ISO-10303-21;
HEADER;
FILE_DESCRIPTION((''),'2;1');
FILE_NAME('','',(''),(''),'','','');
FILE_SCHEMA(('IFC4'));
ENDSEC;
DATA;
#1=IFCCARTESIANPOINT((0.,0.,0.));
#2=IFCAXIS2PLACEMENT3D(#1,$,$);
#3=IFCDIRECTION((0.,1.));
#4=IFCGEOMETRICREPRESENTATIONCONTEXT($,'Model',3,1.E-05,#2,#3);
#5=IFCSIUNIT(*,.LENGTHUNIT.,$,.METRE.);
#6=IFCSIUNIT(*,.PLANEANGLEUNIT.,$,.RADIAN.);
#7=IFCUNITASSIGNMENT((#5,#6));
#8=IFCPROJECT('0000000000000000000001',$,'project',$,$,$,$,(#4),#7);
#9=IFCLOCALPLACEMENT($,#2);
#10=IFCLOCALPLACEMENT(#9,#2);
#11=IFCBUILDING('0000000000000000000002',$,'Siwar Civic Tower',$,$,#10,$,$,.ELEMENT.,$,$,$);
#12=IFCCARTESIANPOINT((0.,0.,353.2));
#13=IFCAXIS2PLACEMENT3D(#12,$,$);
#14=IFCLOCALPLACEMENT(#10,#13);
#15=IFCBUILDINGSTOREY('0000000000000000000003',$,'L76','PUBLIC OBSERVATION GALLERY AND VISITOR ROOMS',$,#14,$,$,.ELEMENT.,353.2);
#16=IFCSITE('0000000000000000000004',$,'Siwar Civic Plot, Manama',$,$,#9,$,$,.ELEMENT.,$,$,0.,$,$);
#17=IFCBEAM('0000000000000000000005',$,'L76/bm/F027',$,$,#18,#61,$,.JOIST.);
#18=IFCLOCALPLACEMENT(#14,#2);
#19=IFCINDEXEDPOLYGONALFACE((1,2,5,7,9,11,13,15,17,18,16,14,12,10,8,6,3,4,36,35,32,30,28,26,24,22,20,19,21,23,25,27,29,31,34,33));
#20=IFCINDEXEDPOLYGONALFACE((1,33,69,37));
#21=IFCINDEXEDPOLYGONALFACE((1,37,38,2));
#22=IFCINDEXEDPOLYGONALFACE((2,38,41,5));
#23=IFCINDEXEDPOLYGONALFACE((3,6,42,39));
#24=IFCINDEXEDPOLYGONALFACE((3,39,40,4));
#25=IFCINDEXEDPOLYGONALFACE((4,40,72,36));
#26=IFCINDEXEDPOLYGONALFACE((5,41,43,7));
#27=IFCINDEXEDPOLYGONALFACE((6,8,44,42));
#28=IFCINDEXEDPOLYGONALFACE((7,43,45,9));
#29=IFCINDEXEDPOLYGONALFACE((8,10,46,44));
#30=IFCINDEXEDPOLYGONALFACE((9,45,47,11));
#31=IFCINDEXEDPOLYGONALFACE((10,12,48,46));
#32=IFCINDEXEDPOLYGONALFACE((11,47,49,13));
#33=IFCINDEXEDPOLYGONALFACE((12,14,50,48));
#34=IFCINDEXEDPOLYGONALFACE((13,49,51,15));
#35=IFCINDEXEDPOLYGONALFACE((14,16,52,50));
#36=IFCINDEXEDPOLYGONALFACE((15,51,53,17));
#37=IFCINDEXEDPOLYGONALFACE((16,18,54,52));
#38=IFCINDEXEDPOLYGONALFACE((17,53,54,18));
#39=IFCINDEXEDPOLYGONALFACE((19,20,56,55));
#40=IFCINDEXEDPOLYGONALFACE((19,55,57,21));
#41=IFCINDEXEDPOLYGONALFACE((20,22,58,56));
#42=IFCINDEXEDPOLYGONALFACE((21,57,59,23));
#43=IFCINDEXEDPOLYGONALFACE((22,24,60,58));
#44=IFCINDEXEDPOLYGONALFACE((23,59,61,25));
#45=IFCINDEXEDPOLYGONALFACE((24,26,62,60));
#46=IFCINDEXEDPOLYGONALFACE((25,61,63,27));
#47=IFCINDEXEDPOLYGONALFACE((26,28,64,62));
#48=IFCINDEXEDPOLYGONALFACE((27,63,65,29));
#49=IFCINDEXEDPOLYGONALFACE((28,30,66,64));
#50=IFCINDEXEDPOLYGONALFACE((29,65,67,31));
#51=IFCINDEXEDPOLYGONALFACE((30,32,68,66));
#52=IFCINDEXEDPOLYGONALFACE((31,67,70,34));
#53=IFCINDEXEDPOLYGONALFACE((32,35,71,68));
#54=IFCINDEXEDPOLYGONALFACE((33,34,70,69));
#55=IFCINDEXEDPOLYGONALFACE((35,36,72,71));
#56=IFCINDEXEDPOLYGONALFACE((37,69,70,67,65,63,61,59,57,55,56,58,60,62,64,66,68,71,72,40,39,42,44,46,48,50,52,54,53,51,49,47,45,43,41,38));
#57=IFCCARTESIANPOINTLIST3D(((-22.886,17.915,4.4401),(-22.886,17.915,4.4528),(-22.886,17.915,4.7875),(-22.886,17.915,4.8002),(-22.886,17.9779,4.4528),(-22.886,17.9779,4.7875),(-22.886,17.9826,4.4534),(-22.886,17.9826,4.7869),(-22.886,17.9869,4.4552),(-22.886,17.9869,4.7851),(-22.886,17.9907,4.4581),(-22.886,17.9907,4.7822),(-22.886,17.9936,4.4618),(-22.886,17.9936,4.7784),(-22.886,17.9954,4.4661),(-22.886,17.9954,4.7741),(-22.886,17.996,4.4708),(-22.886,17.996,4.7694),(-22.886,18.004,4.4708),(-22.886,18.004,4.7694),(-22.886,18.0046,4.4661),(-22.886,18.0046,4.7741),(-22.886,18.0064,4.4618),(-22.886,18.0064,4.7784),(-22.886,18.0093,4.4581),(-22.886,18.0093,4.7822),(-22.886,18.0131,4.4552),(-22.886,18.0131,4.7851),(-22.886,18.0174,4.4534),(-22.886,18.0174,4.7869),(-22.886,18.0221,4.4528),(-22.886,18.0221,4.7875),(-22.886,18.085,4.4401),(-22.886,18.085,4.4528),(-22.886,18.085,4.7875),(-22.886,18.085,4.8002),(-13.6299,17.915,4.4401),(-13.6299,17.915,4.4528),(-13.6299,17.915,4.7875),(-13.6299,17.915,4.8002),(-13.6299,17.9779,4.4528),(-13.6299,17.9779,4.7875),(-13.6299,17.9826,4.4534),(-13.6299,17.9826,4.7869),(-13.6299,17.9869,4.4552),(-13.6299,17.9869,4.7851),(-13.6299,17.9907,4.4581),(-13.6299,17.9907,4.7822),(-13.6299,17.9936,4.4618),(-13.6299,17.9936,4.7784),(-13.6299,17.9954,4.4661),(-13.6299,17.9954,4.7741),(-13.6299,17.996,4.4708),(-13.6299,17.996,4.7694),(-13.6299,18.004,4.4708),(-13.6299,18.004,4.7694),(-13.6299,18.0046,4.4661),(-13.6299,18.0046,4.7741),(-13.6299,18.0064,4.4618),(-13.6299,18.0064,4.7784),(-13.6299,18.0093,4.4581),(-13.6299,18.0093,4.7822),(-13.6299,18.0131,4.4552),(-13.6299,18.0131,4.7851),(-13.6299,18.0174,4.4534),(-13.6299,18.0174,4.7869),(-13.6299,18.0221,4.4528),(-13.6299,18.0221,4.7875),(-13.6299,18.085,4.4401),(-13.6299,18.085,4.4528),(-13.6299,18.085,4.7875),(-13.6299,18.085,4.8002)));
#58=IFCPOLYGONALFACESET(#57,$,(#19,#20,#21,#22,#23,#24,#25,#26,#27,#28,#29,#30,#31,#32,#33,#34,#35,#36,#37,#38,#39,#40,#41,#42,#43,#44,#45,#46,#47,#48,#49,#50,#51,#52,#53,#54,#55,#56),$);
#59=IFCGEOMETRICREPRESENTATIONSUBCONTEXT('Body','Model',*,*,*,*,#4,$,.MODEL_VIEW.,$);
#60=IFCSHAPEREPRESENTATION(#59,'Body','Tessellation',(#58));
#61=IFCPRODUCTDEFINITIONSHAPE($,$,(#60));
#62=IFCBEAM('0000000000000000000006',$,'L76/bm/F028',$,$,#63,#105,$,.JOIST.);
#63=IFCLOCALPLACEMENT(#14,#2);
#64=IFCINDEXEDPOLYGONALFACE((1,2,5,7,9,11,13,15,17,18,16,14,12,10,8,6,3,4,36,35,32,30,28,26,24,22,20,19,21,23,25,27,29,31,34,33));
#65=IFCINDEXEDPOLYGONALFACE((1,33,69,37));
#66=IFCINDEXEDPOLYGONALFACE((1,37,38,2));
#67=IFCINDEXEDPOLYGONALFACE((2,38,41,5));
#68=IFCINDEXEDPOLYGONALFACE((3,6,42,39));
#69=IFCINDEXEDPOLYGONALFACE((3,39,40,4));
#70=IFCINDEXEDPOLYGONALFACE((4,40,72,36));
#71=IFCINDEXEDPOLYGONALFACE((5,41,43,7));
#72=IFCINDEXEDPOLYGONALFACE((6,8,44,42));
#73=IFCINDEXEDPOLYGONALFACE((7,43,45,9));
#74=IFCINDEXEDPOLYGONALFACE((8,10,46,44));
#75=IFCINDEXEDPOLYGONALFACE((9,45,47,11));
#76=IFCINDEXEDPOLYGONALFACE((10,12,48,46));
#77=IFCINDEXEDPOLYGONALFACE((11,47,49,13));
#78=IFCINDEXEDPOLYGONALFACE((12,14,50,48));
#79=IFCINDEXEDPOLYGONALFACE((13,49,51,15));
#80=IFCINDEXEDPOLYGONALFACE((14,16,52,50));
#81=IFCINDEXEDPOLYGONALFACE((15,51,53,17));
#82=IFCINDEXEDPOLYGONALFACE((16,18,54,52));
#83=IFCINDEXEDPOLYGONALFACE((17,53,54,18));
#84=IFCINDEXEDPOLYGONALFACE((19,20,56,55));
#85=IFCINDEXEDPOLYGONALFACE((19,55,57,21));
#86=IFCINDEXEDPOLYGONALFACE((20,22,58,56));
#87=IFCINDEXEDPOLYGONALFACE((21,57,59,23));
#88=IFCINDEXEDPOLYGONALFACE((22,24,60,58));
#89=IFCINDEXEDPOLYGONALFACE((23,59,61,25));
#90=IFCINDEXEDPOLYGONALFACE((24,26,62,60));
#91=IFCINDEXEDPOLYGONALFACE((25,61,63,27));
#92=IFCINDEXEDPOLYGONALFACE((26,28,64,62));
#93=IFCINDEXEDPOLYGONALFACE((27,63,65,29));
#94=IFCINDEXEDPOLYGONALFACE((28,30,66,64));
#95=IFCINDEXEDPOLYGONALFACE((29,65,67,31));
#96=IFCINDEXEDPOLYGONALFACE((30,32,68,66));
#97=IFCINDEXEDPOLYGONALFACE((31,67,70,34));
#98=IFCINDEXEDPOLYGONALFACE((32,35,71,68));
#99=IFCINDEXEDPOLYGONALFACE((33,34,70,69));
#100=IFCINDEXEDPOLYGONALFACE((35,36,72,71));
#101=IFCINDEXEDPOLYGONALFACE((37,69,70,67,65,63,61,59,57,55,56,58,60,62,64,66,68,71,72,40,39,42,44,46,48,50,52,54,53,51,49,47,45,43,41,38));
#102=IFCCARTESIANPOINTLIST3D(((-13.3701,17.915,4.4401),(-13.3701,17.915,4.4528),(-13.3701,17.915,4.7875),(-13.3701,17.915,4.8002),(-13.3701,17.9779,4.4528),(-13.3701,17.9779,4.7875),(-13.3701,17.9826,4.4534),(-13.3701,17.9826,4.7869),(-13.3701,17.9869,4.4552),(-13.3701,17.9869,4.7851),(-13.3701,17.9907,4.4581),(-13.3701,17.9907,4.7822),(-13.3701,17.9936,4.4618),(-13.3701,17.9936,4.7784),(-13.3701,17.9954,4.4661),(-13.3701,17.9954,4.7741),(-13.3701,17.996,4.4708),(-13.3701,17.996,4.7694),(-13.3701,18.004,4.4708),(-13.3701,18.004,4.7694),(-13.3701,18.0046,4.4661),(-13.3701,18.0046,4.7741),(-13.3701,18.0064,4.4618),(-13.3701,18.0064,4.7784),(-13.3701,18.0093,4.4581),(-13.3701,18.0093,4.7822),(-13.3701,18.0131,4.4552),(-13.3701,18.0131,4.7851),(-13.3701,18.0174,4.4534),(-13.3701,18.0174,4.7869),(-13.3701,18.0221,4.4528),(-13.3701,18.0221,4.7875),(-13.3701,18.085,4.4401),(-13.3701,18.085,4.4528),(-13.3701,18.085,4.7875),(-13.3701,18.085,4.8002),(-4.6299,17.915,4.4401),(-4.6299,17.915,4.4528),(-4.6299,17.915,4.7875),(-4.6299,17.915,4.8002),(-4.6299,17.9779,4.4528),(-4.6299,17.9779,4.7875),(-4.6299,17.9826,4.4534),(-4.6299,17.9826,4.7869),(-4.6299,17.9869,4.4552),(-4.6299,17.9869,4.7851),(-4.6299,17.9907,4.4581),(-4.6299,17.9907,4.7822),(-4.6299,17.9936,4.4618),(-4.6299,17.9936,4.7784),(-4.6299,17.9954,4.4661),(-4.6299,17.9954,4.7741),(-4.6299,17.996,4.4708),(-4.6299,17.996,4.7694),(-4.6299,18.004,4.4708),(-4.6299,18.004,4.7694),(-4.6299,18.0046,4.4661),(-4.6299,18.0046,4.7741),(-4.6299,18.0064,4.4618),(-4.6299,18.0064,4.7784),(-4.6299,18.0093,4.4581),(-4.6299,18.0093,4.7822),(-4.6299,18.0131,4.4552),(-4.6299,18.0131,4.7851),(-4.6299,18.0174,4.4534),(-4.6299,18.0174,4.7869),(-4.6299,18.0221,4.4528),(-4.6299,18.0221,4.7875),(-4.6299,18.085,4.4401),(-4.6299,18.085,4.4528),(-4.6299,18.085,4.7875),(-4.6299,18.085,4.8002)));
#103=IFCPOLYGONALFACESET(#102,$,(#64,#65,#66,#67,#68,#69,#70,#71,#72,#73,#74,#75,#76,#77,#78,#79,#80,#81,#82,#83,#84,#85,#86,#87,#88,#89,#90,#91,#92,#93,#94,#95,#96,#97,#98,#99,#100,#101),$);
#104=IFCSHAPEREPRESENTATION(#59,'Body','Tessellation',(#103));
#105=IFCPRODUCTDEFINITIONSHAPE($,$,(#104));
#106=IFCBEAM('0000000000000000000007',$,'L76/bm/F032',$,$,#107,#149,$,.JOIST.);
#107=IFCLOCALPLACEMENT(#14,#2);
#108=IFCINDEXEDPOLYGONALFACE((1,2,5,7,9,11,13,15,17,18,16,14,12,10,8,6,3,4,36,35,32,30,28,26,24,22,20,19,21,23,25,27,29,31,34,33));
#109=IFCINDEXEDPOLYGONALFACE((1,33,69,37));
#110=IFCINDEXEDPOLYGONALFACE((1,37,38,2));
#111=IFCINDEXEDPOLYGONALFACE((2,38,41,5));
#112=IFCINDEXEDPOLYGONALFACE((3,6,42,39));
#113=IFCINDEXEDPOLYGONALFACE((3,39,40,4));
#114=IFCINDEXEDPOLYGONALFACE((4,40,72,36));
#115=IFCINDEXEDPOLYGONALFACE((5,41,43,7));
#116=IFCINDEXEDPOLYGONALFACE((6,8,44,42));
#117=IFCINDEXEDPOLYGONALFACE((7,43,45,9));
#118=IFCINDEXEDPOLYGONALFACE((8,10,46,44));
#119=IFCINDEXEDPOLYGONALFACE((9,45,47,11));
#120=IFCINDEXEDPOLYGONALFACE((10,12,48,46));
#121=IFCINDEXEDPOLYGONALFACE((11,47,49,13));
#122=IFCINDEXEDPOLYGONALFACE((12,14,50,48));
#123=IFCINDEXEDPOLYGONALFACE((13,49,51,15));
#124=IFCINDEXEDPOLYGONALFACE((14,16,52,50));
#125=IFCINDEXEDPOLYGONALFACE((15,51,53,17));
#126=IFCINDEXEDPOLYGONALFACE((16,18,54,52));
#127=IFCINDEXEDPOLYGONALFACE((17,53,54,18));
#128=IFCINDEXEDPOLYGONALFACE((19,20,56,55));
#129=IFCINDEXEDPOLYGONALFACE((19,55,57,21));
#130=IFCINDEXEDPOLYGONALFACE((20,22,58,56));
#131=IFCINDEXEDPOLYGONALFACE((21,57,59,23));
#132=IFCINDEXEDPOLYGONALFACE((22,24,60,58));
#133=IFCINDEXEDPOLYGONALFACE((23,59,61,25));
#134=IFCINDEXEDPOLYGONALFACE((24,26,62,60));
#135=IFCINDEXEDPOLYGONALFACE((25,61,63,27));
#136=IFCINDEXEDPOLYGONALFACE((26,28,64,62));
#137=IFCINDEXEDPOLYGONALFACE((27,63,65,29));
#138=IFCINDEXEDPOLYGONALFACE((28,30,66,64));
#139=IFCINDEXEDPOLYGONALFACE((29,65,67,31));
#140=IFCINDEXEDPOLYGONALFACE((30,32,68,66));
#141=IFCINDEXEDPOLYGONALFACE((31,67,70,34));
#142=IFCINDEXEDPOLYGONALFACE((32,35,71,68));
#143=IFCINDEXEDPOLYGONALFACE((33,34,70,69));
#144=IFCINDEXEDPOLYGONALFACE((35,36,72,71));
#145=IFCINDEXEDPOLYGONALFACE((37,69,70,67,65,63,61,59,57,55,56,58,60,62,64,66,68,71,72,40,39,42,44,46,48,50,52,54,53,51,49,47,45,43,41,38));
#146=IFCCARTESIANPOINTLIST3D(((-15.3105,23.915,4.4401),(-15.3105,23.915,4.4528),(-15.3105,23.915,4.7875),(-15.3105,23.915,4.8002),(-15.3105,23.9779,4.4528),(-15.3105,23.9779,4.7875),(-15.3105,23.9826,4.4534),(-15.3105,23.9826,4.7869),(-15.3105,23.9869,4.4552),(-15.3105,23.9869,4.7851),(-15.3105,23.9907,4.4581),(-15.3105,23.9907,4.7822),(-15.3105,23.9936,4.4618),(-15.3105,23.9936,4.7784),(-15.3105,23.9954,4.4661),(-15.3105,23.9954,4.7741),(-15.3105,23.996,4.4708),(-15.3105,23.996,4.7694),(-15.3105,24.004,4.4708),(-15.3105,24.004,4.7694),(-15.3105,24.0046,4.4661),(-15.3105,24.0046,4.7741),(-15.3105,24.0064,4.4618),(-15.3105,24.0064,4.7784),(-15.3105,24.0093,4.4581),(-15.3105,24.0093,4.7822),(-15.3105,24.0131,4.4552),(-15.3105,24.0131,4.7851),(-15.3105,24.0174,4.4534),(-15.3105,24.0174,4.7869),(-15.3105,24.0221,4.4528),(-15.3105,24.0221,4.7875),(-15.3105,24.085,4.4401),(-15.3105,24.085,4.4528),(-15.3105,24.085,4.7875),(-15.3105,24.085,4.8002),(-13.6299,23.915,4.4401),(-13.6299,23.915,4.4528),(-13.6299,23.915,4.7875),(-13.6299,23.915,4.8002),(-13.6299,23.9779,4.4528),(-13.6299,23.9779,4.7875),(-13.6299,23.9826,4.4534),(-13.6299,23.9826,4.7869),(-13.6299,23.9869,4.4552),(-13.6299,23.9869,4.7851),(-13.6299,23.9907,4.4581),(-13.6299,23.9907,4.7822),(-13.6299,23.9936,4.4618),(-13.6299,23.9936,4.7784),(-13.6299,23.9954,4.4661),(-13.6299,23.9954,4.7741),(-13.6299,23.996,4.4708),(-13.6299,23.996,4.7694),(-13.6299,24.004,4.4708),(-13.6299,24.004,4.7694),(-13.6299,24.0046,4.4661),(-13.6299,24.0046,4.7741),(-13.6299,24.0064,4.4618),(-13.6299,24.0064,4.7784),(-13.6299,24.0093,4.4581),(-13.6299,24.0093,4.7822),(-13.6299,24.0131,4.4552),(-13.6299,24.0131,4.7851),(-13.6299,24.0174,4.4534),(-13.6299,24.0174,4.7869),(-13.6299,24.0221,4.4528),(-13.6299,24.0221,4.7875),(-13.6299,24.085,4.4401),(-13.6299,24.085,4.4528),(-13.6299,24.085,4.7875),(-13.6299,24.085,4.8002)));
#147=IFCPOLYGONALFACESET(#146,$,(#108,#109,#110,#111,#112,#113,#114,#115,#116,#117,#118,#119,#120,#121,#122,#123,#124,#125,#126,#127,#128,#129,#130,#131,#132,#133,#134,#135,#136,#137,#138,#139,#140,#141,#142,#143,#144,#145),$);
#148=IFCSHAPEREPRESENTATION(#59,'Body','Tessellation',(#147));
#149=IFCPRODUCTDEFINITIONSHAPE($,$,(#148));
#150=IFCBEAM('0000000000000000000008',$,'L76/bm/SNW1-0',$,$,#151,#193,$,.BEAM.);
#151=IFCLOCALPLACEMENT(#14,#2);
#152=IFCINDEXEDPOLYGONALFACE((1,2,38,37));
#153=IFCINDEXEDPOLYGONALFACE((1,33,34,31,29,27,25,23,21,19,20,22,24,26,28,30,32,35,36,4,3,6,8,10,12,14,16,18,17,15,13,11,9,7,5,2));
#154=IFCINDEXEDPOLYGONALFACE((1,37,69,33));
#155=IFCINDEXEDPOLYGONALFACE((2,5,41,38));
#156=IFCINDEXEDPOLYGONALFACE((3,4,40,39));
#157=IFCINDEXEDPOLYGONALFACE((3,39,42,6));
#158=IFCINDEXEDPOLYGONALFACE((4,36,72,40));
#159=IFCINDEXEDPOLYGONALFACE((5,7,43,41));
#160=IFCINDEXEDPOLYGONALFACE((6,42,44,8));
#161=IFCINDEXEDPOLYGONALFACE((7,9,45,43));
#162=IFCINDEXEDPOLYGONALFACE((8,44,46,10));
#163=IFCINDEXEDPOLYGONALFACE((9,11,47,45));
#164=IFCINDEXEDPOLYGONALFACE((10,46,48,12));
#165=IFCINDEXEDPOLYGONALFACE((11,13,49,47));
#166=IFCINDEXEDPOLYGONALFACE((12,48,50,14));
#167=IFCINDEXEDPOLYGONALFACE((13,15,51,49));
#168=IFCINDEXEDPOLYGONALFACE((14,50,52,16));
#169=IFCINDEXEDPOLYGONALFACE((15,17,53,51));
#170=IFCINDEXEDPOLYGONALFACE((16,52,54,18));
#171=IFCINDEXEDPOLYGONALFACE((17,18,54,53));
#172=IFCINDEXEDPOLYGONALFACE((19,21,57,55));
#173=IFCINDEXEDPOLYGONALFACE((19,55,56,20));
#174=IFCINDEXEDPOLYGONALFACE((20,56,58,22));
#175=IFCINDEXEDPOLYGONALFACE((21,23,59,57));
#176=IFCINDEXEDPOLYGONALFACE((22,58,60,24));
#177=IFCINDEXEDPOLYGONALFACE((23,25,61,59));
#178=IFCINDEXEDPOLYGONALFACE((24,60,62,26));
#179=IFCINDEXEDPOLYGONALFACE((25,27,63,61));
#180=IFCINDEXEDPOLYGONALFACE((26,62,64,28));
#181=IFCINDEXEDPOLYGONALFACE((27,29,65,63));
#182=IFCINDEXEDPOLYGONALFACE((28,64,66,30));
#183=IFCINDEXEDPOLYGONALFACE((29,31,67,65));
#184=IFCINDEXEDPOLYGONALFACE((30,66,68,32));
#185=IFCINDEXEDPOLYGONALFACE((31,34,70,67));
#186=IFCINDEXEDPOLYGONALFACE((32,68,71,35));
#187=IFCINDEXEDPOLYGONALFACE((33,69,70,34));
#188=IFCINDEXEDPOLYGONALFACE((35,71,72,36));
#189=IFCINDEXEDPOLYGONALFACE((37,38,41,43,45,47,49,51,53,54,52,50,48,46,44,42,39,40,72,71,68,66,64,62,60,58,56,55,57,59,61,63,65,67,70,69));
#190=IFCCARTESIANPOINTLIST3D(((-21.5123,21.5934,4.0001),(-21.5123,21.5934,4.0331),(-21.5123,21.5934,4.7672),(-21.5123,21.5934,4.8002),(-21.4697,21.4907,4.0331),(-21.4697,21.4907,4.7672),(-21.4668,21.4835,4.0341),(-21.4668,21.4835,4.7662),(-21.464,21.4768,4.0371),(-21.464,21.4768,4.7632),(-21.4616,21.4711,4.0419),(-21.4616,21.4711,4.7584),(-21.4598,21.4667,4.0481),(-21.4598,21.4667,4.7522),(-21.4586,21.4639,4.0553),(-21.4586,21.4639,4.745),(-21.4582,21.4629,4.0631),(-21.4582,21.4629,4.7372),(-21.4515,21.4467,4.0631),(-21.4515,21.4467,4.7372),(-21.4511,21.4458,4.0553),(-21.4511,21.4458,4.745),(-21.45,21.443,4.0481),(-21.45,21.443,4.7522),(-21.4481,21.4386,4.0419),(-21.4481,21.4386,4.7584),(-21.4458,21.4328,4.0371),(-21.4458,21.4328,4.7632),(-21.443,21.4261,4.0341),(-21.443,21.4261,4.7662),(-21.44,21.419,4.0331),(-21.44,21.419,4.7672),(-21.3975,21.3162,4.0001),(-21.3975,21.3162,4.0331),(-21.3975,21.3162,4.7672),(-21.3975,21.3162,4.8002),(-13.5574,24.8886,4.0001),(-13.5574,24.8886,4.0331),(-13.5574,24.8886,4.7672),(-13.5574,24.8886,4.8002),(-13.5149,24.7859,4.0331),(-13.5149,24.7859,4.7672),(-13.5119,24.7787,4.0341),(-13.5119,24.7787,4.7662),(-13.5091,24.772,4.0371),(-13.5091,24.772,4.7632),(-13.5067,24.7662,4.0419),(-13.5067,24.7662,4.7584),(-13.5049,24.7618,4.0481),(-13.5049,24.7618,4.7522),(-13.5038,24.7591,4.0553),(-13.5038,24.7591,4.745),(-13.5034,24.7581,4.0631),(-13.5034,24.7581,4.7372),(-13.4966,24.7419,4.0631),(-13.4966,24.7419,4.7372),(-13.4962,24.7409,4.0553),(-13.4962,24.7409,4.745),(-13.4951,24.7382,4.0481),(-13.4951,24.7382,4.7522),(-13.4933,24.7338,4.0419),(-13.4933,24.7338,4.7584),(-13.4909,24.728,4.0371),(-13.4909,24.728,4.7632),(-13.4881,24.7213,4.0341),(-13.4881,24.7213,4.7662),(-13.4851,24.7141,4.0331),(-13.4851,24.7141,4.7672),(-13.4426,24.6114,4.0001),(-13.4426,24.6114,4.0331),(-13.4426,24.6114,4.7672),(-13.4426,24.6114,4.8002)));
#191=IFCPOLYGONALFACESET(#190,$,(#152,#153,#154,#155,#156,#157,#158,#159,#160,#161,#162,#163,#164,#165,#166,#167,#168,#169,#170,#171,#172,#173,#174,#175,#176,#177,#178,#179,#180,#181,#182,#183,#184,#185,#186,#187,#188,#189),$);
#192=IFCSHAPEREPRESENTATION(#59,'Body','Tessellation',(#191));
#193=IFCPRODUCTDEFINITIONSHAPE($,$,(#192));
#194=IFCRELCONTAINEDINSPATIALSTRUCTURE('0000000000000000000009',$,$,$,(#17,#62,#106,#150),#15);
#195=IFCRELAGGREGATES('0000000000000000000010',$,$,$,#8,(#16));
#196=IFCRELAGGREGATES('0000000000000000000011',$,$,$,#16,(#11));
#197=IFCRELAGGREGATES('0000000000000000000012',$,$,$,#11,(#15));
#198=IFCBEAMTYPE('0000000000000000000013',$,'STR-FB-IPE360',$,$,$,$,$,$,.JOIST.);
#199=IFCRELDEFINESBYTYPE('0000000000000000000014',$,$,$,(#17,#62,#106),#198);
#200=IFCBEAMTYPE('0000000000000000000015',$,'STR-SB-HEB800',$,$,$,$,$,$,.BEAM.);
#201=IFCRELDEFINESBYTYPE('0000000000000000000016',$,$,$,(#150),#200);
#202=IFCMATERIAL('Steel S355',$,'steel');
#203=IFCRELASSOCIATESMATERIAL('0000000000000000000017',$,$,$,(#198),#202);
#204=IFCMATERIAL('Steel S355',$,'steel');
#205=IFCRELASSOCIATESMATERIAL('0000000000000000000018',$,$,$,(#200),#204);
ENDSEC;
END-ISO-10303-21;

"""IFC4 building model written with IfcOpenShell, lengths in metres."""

from ifc_helpers import new_model, si_unit, direction, frame, origin, origin_2d, place, context, subcontext, project, spatial, i_section, extrude, material, material_profile, profile_set, type_object, element, save


model = new_model("IFC4")

# Units and contexts
model_context = context("Model", 3, precision=1e-05, world=origin(), true_north=direction((0.0, 1.0)))
body_context = subcontext(model_context, "Body", "Model", "MODEL_VIEW")
ifc_project = project(units=[si_unit("LENGTHUNIT", "METRE"), si_unit("PLANEANGLEUNIT", "RADIAN")], contexts=[model_context])

# Site, building, storey
site_placement = place(None, origin())
site = spatial("IfcSite", under=ifc_project, at=site_placement, Name="Siwar Civic Plot, Manama", CompositionType="ELEMENT", RefElevation=0.0)
building_placement = place(site_placement, origin())
building = spatial("IfcBuilding", under=site, at=building_placement, Name="Siwar Civic Tower", CompositionType="ELEMENT")
storey_placement = place(building_placement, frame((0.0, 0.0, 353.2)))
storey = spatial("IfcBuildingStorey", under=building, at=storey_placement, Name="L76", Description="PUBLIC OBSERVATION GALLERY AND VISITOR ROOMS", CompositionType="ELEMENT", Elevation=353.2)

# Beams
ifc_material_1 = material(Name="Steel S355", Category="steel")
ifc_material_profile_1 = material_profile(ifc_material_1, i_section(OverallWidth=0.1699, OverallDepth=0.3601, WebThickness=0.0081, FlangeThickness=0.0127, FilletRadius=0.0181, at=origin_2d()), Name="IPE360")
ifc_profile_set_1 = profile_set([ifc_material_profile_1], Name="Steel S355")
beam_type_1 = type_object("IfcBeamType", Name="STR-FB-IPE360", PredefinedType="JOIST", material=ifc_profile_set_1)
beam_1_placement = place(storey_placement, frame((-22.886, 18.0, 4.6201), z_axis=(1.0, 0.0, 0.0), x_axis=(0.0, 1.0, 0.0)))
element("IfcBeam", 1, at=beam_1_placement, inside=storey, type_object=beam_type_1, Name="L76/bm/F027", PredefinedType="JOIST", context=body_context, shape_type="SweptSolid", body=[
    extrude(i_section(OverallWidth=0.1699, OverallDepth=0.3601, WebThickness=0.0081, FlangeThickness=0.0127, FilletRadius=0.0181, at=origin_2d()), origin(), (0.0, 0.0, 1.0), 9.2561),
])
beam_2_placement = place(storey_placement, frame((-13.3701, 18.0, 4.6201), z_axis=(1.0, 0.0, 0.0), x_axis=(0.0, 1.0, 0.0)))
element("IfcBeam", 2, at=beam_2_placement, inside=storey, type_object=beam_type_1, Name="L76/bm/F028", PredefinedType="JOIST", context=body_context, shape_type="SweptSolid", body=[
    extrude(i_section(OverallWidth=0.1699, OverallDepth=0.3601, WebThickness=0.0081, FlangeThickness=0.0127, FilletRadius=0.0181, at=origin_2d()), origin(), (0.0, 0.0, 1.0), 8.7402),
])
beam_3_placement = place(storey_placement, frame((-15.3105, 24.0, 4.6201), z_axis=(1.0, 0.0, 0.0), x_axis=(0.0, 1.0, 0.0)))
element("IfcBeam", 3, at=beam_3_placement, inside=storey, type_object=beam_type_1, Name="L76/bm/F032", PredefinedType="JOIST", context=body_context, shape_type="SweptSolid", body=[
    extrude(i_section(OverallWidth=0.1699, OverallDepth=0.3601, WebThickness=0.0081, FlangeThickness=0.0127, FilletRadius=0.0181, at=origin_2d()), origin(), (0.0, 0.0, 1.0), 1.6807),
])
ifc_material_2 = material(Name="Steel S355", Category="steel")
ifc_material_profile_2 = material_profile(ifc_material_2, i_section(OverallWidth=0.3, OverallDepth=0.8, WebThickness=0.0176, FlangeThickness=0.033, FilletRadius=0.03, at=origin_2d()), Name="HEB800")
ifc_profile_set_2 = profile_set([ifc_material_profile_2], Name="Steel S355")
beam_type_2 = type_object("IfcBeamType", Name="STR-SB-HEB800", PredefinedType="BEAM", material=ifc_profile_set_2)
for number, where, z_axis, x_axis, name in (
    (4, (-13.5, 24.75, 4.4001), (-0.923873, -0.3827, 0.0), (0.3827, -0.923873, 0.0), "L76/bm/SNW1-0"),
):
    element("IfcBeam", number, at=place(storey_placement, frame(where, z_axis=z_axis, x_axis=x_axis)), inside=storey, type_object=beam_type_2, Name=name, PredefinedType="BEAM", context=body_context, shape_type="SweptSolid", body=[
        extrude(i_section(OverallWidth=0.3, OverallDepth=0.8, WebThickness=0.0176, FlangeThickness=0.033, FilletRadius=0.03, at=origin_2d()), origin(), (0.0, 0.0, 1.0), 8.6104),
    ])

save(model, "model.ifc")
